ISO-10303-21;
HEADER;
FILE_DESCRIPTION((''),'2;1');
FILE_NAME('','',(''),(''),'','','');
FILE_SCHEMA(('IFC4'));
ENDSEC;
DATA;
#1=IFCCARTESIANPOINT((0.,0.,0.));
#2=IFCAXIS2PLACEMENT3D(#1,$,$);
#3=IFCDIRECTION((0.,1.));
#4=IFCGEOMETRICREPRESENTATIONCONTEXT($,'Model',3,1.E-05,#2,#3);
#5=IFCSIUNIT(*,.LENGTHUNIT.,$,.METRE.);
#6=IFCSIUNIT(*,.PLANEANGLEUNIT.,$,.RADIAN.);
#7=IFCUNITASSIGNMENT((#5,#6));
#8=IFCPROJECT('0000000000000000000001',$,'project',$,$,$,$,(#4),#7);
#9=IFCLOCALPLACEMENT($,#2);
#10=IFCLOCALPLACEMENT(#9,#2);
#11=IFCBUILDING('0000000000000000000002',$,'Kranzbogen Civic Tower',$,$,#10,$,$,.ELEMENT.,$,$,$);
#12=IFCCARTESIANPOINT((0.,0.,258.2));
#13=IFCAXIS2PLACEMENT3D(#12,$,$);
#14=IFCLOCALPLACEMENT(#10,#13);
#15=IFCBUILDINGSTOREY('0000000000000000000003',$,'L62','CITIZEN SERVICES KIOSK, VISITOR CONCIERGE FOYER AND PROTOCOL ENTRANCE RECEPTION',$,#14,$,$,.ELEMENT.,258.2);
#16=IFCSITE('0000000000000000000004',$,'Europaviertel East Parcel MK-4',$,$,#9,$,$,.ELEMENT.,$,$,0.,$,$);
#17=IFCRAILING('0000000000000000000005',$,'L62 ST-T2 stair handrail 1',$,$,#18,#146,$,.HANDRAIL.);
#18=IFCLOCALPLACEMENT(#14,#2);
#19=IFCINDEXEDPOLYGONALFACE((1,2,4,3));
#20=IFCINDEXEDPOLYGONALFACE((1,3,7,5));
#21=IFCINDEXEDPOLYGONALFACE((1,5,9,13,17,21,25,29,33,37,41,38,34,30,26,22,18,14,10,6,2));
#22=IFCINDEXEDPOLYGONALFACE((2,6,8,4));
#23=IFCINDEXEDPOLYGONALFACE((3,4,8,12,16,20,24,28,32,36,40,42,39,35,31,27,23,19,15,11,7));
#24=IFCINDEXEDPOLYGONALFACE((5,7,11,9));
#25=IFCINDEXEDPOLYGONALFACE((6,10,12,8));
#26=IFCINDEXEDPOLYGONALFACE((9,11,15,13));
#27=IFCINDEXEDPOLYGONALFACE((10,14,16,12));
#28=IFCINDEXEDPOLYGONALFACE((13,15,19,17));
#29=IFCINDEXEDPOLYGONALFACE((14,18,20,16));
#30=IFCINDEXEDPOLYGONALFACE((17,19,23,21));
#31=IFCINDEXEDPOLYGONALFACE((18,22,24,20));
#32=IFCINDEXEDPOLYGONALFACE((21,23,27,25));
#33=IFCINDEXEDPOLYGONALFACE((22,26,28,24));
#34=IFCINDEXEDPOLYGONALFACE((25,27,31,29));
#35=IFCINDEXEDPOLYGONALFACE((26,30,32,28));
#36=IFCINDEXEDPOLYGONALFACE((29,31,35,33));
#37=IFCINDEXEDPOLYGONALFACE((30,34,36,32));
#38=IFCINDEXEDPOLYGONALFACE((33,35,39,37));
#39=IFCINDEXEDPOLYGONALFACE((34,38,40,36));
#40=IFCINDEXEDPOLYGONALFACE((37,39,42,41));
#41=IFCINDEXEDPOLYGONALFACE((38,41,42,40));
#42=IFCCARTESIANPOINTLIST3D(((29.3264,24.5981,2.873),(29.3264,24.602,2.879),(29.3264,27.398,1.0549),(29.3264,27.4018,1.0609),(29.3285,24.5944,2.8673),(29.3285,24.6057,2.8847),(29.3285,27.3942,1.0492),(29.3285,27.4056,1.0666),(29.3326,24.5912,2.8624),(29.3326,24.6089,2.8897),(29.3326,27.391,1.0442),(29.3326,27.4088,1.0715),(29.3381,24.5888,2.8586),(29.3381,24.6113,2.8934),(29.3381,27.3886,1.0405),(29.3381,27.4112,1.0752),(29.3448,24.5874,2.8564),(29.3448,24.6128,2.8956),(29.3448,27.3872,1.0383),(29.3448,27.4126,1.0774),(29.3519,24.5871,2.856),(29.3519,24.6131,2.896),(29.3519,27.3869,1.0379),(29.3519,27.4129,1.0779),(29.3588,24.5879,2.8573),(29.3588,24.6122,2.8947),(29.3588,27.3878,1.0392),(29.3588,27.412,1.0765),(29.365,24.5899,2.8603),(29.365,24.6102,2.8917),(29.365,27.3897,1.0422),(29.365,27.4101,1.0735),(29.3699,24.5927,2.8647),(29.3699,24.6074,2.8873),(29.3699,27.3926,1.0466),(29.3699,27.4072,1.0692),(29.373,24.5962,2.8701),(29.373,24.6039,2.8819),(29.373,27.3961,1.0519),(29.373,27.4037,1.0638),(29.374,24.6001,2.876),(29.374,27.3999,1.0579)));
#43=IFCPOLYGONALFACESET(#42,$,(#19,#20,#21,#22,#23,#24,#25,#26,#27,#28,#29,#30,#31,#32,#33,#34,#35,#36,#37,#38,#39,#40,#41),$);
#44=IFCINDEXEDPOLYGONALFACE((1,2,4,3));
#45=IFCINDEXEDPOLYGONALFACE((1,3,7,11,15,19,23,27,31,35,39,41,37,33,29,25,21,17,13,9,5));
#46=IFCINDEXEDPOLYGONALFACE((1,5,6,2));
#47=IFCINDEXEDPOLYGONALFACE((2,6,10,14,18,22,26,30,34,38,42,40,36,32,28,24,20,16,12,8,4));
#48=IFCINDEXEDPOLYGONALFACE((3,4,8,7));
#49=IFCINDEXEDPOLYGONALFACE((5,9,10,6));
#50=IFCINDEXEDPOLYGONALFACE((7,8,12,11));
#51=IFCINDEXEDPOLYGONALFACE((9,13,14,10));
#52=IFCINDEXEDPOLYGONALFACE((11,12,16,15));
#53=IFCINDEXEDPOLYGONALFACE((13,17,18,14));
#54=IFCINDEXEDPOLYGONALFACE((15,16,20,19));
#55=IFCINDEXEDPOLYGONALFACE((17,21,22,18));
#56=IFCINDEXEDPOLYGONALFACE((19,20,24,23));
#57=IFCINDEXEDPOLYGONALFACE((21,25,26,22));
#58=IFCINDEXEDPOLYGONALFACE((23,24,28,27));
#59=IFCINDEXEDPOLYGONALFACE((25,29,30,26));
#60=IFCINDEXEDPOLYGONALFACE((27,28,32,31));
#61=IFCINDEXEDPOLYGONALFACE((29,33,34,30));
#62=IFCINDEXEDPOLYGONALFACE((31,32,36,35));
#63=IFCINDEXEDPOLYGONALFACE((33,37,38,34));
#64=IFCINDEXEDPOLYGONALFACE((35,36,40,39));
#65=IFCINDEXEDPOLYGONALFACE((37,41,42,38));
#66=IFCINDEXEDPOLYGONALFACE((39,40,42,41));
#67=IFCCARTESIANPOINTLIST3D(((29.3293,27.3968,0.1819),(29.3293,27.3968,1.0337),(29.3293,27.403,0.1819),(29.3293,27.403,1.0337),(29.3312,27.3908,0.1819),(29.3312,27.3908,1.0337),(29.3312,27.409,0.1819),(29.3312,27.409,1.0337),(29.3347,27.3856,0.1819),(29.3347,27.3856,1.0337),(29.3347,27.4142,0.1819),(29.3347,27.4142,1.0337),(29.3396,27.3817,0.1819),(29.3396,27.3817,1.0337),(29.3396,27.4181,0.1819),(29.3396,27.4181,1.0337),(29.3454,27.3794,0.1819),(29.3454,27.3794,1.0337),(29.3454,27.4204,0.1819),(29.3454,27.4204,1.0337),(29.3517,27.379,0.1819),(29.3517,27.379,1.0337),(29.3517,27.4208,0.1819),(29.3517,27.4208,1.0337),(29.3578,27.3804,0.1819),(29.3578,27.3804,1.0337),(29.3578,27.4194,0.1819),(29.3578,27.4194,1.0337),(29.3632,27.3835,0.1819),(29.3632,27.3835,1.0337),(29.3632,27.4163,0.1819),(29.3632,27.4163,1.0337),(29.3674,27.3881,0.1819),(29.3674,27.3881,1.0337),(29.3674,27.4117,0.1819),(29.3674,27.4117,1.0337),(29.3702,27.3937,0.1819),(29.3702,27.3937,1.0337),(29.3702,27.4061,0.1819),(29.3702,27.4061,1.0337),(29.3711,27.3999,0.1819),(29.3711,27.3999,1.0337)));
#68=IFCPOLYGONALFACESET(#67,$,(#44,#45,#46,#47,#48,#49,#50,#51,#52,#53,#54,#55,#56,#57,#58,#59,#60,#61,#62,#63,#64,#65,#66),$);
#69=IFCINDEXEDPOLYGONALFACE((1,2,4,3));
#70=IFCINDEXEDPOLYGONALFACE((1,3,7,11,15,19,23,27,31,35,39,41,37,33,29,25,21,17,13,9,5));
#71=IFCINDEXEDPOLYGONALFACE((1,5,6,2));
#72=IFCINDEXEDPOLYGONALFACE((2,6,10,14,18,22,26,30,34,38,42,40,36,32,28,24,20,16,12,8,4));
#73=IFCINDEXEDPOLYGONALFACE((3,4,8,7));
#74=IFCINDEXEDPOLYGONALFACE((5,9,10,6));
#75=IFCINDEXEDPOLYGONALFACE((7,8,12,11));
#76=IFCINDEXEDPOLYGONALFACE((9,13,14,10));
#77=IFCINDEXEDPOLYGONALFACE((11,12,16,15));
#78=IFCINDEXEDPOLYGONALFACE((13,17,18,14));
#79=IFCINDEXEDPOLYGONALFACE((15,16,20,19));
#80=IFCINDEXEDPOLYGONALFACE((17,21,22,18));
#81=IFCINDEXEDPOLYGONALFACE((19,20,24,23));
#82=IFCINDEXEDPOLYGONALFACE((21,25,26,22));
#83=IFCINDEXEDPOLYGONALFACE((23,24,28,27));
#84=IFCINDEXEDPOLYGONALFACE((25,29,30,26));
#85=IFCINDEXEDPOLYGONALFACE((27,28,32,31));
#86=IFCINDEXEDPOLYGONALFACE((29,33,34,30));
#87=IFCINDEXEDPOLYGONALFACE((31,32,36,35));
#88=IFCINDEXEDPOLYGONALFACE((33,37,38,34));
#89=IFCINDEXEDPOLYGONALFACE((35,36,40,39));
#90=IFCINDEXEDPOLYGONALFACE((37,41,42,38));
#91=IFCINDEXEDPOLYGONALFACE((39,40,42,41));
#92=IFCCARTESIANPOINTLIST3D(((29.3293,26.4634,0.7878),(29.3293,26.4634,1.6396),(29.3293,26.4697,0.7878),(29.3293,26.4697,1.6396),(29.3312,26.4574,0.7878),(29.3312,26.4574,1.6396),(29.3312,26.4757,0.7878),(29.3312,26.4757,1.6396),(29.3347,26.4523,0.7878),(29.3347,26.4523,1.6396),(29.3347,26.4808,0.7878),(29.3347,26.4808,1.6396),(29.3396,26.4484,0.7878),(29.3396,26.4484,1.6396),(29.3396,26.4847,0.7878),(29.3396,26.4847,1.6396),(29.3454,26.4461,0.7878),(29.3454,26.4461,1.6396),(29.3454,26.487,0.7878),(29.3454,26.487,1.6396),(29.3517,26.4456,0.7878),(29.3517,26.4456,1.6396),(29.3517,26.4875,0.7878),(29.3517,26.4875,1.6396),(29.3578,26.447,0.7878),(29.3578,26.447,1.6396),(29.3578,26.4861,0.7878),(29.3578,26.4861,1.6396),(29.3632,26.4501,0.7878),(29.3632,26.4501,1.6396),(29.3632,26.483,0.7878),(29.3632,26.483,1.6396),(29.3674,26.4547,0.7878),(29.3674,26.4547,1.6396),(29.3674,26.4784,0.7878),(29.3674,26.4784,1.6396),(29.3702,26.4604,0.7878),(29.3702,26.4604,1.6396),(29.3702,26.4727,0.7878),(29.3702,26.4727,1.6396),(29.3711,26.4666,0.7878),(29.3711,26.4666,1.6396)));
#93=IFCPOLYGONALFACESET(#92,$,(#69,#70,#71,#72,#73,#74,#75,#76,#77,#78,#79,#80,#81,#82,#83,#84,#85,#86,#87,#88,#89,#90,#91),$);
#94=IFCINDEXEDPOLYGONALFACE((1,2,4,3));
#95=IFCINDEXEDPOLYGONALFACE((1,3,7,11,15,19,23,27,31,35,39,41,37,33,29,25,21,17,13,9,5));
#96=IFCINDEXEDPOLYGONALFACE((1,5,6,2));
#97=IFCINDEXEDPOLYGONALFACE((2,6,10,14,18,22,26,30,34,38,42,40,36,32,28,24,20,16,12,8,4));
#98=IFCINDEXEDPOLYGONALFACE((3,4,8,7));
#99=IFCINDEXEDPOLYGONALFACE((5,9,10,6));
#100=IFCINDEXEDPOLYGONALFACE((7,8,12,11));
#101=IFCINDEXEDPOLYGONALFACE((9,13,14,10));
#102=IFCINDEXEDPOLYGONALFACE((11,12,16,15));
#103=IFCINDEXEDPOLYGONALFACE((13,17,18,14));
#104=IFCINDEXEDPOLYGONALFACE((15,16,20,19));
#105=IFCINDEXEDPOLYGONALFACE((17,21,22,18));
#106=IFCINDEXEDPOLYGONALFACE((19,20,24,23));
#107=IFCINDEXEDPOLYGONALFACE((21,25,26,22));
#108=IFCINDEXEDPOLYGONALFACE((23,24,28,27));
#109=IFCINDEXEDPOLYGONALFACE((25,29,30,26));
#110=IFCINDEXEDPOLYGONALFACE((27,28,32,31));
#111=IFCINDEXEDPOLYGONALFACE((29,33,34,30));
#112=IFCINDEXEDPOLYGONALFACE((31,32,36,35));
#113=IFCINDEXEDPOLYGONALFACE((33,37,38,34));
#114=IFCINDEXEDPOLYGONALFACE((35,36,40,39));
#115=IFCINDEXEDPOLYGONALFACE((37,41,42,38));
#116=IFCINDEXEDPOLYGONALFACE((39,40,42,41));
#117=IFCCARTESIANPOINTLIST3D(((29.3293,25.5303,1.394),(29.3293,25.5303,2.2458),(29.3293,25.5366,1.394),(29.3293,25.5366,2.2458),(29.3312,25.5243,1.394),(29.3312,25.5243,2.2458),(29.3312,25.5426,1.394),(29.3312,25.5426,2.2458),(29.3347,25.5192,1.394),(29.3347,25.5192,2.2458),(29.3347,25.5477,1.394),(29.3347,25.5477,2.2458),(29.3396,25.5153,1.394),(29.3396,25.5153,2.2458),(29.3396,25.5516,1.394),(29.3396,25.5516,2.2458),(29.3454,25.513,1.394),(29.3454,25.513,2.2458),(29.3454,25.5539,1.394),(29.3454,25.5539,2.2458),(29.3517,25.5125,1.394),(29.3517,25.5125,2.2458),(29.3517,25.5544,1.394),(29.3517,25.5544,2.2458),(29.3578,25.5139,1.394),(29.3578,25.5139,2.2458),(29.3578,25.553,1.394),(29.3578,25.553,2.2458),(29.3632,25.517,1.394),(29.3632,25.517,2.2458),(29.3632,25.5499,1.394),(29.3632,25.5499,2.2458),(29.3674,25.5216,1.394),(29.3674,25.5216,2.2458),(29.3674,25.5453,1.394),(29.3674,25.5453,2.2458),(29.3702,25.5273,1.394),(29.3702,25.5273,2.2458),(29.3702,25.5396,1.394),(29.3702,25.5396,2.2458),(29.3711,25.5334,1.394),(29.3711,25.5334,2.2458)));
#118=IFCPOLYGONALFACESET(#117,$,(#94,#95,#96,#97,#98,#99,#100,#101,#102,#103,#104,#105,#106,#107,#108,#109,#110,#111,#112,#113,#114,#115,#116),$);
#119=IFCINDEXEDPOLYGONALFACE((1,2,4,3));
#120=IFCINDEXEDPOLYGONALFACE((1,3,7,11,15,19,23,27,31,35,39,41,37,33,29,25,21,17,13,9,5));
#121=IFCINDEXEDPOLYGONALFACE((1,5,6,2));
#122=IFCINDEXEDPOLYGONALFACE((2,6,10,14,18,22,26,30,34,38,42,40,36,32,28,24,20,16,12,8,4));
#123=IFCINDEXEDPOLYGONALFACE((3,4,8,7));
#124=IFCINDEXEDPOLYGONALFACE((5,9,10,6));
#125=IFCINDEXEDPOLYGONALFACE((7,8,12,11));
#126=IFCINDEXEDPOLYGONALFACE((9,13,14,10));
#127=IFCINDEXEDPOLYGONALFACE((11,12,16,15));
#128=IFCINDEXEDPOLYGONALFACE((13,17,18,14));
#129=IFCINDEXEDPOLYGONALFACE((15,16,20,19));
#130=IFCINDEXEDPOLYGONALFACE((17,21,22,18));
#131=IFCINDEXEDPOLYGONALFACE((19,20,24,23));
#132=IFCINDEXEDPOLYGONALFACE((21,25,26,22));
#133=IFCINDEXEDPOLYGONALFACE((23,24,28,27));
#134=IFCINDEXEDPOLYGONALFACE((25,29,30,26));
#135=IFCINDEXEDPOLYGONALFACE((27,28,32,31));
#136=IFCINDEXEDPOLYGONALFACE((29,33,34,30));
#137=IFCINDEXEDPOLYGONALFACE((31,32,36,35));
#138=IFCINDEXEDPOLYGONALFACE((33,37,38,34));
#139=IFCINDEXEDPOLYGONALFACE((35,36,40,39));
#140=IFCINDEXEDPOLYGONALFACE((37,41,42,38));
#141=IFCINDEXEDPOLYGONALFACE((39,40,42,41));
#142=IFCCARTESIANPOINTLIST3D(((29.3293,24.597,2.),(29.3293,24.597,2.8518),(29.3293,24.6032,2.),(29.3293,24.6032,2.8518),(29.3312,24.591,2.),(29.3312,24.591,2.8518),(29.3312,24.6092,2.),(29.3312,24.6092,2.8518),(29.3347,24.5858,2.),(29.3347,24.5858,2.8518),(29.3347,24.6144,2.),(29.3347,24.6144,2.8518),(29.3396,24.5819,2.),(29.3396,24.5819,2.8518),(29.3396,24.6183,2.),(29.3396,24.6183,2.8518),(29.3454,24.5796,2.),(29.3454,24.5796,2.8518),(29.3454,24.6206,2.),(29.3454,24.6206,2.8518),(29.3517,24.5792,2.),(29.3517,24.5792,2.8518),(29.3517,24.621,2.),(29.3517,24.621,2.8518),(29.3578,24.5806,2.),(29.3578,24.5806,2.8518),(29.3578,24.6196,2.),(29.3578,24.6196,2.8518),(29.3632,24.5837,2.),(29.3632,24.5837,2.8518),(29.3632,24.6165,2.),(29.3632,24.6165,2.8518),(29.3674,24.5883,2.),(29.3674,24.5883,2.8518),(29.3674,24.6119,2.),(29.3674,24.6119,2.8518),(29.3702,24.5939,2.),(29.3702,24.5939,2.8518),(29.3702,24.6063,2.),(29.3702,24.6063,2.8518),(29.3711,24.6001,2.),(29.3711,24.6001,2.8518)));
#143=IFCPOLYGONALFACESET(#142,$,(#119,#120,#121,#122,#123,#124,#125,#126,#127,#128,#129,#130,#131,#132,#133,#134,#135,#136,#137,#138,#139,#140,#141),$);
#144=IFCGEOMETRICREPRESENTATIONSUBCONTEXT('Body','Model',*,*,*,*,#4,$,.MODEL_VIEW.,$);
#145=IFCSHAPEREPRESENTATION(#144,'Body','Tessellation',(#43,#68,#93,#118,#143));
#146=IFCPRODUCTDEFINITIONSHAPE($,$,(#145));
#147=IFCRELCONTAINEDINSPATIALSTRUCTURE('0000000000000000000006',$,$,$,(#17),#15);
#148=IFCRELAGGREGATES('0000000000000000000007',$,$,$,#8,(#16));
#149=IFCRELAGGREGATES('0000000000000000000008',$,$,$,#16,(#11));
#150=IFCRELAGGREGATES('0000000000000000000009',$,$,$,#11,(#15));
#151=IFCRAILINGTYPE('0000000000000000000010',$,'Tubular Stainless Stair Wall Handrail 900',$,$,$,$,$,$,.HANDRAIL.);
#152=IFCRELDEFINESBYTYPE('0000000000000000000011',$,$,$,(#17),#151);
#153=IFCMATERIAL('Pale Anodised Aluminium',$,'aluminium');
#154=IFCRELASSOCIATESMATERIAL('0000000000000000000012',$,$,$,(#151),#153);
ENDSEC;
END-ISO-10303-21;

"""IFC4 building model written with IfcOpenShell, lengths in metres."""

from ifc_helpers import new_model, si_unit, direction, frame, origin, origin_2d, place, context, subcontext, project, spatial, circle, extrude, material, type_object, element, save


model = new_model("IFC4")

# Units and contexts
model_context = context("Model", 3, precision=1e-05, world=origin(), true_north=direction((0.0, 1.0)))
body_context = subcontext(model_context, "Body", "Model", "MODEL_VIEW")
ifc_project = project(units=[si_unit("LENGTHUNIT", "METRE"), si_unit("PLANEANGLEUNIT", "RADIAN")], contexts=[model_context])

# Site, building, storey
site_placement = place(None, origin())
site = spatial("IfcSite", under=ifc_project, at=site_placement, Name="Europaviertel East Parcel MK-4", CompositionType="ELEMENT", RefElevation=0.0)
building_placement = place(site_placement, origin())
building = spatial("IfcBuilding", under=site, at=building_placement, Name="Kranzbogen Civic Tower", CompositionType="ELEMENT")
storey_placement = place(building_placement, frame((0.0, 0.0, 258.2)))
storey = spatial("IfcBuildingStorey", under=building, at=storey_placement, Name="L62", Description="CITIZEN SERVICES KIOSK, VISITOR CONCIERGE FOYER AND PROTOCOL ENTRANCE RECEPTION", CompositionType="ELEMENT", Elevation=258.2)

# Shared definitions
ifc_material_1 = material(Name="Pale Anodised Aluminium", Category="aluminium")

# Railing
railing_type_1 = type_object("IfcRailingType", Name="Tubular Stainless Stair Wall Handrail 900", PredefinedType="HANDRAIL", material=ifc_material_1)
railing_1_placement = place(storey_placement, frame((29.3501, 27.3999, 0.1819)))
element("IfcRailing", 1, at=railing_1_placement, inside=storey, type_object=railing_type_1, Name="L62 ST-T2 stair handrail 1", PredefinedType="HANDRAIL", context=body_context, shape_type="SweptSolid", body=[
    extrude(circle(Radius=0.0239, at=origin_2d()), frame((0.0, 0.0, 0.876), z_axis=(0.0, -0.838684, 0.544618), x_axis=(1.0, 0.0, 0.0)), (0.0, 0.0, 1.0), 3.3384),
    extrude(circle(Radius=0.021, at=origin_2d()), origin(), (0.0, 0.0, 1.0), 0.8518),
    extrude(circle(Radius=0.021, at=origin_2d()), frame((0.0, -0.9333, 0.606)), (0.0, 0.0, 1.0), 0.8518),
    extrude(circle(Radius=0.021, at=origin_2d()), frame((0.0, -1.8665, 1.2122)), (0.0, 0.0, 1.0), 0.8518),
    extrude(circle(Radius=0.021, at=origin_2d()), frame((0.0, -2.7998, 1.8181)), (0.0, 0.0, 1.0), 0.8518),
])

save(model, "model.ifc")
